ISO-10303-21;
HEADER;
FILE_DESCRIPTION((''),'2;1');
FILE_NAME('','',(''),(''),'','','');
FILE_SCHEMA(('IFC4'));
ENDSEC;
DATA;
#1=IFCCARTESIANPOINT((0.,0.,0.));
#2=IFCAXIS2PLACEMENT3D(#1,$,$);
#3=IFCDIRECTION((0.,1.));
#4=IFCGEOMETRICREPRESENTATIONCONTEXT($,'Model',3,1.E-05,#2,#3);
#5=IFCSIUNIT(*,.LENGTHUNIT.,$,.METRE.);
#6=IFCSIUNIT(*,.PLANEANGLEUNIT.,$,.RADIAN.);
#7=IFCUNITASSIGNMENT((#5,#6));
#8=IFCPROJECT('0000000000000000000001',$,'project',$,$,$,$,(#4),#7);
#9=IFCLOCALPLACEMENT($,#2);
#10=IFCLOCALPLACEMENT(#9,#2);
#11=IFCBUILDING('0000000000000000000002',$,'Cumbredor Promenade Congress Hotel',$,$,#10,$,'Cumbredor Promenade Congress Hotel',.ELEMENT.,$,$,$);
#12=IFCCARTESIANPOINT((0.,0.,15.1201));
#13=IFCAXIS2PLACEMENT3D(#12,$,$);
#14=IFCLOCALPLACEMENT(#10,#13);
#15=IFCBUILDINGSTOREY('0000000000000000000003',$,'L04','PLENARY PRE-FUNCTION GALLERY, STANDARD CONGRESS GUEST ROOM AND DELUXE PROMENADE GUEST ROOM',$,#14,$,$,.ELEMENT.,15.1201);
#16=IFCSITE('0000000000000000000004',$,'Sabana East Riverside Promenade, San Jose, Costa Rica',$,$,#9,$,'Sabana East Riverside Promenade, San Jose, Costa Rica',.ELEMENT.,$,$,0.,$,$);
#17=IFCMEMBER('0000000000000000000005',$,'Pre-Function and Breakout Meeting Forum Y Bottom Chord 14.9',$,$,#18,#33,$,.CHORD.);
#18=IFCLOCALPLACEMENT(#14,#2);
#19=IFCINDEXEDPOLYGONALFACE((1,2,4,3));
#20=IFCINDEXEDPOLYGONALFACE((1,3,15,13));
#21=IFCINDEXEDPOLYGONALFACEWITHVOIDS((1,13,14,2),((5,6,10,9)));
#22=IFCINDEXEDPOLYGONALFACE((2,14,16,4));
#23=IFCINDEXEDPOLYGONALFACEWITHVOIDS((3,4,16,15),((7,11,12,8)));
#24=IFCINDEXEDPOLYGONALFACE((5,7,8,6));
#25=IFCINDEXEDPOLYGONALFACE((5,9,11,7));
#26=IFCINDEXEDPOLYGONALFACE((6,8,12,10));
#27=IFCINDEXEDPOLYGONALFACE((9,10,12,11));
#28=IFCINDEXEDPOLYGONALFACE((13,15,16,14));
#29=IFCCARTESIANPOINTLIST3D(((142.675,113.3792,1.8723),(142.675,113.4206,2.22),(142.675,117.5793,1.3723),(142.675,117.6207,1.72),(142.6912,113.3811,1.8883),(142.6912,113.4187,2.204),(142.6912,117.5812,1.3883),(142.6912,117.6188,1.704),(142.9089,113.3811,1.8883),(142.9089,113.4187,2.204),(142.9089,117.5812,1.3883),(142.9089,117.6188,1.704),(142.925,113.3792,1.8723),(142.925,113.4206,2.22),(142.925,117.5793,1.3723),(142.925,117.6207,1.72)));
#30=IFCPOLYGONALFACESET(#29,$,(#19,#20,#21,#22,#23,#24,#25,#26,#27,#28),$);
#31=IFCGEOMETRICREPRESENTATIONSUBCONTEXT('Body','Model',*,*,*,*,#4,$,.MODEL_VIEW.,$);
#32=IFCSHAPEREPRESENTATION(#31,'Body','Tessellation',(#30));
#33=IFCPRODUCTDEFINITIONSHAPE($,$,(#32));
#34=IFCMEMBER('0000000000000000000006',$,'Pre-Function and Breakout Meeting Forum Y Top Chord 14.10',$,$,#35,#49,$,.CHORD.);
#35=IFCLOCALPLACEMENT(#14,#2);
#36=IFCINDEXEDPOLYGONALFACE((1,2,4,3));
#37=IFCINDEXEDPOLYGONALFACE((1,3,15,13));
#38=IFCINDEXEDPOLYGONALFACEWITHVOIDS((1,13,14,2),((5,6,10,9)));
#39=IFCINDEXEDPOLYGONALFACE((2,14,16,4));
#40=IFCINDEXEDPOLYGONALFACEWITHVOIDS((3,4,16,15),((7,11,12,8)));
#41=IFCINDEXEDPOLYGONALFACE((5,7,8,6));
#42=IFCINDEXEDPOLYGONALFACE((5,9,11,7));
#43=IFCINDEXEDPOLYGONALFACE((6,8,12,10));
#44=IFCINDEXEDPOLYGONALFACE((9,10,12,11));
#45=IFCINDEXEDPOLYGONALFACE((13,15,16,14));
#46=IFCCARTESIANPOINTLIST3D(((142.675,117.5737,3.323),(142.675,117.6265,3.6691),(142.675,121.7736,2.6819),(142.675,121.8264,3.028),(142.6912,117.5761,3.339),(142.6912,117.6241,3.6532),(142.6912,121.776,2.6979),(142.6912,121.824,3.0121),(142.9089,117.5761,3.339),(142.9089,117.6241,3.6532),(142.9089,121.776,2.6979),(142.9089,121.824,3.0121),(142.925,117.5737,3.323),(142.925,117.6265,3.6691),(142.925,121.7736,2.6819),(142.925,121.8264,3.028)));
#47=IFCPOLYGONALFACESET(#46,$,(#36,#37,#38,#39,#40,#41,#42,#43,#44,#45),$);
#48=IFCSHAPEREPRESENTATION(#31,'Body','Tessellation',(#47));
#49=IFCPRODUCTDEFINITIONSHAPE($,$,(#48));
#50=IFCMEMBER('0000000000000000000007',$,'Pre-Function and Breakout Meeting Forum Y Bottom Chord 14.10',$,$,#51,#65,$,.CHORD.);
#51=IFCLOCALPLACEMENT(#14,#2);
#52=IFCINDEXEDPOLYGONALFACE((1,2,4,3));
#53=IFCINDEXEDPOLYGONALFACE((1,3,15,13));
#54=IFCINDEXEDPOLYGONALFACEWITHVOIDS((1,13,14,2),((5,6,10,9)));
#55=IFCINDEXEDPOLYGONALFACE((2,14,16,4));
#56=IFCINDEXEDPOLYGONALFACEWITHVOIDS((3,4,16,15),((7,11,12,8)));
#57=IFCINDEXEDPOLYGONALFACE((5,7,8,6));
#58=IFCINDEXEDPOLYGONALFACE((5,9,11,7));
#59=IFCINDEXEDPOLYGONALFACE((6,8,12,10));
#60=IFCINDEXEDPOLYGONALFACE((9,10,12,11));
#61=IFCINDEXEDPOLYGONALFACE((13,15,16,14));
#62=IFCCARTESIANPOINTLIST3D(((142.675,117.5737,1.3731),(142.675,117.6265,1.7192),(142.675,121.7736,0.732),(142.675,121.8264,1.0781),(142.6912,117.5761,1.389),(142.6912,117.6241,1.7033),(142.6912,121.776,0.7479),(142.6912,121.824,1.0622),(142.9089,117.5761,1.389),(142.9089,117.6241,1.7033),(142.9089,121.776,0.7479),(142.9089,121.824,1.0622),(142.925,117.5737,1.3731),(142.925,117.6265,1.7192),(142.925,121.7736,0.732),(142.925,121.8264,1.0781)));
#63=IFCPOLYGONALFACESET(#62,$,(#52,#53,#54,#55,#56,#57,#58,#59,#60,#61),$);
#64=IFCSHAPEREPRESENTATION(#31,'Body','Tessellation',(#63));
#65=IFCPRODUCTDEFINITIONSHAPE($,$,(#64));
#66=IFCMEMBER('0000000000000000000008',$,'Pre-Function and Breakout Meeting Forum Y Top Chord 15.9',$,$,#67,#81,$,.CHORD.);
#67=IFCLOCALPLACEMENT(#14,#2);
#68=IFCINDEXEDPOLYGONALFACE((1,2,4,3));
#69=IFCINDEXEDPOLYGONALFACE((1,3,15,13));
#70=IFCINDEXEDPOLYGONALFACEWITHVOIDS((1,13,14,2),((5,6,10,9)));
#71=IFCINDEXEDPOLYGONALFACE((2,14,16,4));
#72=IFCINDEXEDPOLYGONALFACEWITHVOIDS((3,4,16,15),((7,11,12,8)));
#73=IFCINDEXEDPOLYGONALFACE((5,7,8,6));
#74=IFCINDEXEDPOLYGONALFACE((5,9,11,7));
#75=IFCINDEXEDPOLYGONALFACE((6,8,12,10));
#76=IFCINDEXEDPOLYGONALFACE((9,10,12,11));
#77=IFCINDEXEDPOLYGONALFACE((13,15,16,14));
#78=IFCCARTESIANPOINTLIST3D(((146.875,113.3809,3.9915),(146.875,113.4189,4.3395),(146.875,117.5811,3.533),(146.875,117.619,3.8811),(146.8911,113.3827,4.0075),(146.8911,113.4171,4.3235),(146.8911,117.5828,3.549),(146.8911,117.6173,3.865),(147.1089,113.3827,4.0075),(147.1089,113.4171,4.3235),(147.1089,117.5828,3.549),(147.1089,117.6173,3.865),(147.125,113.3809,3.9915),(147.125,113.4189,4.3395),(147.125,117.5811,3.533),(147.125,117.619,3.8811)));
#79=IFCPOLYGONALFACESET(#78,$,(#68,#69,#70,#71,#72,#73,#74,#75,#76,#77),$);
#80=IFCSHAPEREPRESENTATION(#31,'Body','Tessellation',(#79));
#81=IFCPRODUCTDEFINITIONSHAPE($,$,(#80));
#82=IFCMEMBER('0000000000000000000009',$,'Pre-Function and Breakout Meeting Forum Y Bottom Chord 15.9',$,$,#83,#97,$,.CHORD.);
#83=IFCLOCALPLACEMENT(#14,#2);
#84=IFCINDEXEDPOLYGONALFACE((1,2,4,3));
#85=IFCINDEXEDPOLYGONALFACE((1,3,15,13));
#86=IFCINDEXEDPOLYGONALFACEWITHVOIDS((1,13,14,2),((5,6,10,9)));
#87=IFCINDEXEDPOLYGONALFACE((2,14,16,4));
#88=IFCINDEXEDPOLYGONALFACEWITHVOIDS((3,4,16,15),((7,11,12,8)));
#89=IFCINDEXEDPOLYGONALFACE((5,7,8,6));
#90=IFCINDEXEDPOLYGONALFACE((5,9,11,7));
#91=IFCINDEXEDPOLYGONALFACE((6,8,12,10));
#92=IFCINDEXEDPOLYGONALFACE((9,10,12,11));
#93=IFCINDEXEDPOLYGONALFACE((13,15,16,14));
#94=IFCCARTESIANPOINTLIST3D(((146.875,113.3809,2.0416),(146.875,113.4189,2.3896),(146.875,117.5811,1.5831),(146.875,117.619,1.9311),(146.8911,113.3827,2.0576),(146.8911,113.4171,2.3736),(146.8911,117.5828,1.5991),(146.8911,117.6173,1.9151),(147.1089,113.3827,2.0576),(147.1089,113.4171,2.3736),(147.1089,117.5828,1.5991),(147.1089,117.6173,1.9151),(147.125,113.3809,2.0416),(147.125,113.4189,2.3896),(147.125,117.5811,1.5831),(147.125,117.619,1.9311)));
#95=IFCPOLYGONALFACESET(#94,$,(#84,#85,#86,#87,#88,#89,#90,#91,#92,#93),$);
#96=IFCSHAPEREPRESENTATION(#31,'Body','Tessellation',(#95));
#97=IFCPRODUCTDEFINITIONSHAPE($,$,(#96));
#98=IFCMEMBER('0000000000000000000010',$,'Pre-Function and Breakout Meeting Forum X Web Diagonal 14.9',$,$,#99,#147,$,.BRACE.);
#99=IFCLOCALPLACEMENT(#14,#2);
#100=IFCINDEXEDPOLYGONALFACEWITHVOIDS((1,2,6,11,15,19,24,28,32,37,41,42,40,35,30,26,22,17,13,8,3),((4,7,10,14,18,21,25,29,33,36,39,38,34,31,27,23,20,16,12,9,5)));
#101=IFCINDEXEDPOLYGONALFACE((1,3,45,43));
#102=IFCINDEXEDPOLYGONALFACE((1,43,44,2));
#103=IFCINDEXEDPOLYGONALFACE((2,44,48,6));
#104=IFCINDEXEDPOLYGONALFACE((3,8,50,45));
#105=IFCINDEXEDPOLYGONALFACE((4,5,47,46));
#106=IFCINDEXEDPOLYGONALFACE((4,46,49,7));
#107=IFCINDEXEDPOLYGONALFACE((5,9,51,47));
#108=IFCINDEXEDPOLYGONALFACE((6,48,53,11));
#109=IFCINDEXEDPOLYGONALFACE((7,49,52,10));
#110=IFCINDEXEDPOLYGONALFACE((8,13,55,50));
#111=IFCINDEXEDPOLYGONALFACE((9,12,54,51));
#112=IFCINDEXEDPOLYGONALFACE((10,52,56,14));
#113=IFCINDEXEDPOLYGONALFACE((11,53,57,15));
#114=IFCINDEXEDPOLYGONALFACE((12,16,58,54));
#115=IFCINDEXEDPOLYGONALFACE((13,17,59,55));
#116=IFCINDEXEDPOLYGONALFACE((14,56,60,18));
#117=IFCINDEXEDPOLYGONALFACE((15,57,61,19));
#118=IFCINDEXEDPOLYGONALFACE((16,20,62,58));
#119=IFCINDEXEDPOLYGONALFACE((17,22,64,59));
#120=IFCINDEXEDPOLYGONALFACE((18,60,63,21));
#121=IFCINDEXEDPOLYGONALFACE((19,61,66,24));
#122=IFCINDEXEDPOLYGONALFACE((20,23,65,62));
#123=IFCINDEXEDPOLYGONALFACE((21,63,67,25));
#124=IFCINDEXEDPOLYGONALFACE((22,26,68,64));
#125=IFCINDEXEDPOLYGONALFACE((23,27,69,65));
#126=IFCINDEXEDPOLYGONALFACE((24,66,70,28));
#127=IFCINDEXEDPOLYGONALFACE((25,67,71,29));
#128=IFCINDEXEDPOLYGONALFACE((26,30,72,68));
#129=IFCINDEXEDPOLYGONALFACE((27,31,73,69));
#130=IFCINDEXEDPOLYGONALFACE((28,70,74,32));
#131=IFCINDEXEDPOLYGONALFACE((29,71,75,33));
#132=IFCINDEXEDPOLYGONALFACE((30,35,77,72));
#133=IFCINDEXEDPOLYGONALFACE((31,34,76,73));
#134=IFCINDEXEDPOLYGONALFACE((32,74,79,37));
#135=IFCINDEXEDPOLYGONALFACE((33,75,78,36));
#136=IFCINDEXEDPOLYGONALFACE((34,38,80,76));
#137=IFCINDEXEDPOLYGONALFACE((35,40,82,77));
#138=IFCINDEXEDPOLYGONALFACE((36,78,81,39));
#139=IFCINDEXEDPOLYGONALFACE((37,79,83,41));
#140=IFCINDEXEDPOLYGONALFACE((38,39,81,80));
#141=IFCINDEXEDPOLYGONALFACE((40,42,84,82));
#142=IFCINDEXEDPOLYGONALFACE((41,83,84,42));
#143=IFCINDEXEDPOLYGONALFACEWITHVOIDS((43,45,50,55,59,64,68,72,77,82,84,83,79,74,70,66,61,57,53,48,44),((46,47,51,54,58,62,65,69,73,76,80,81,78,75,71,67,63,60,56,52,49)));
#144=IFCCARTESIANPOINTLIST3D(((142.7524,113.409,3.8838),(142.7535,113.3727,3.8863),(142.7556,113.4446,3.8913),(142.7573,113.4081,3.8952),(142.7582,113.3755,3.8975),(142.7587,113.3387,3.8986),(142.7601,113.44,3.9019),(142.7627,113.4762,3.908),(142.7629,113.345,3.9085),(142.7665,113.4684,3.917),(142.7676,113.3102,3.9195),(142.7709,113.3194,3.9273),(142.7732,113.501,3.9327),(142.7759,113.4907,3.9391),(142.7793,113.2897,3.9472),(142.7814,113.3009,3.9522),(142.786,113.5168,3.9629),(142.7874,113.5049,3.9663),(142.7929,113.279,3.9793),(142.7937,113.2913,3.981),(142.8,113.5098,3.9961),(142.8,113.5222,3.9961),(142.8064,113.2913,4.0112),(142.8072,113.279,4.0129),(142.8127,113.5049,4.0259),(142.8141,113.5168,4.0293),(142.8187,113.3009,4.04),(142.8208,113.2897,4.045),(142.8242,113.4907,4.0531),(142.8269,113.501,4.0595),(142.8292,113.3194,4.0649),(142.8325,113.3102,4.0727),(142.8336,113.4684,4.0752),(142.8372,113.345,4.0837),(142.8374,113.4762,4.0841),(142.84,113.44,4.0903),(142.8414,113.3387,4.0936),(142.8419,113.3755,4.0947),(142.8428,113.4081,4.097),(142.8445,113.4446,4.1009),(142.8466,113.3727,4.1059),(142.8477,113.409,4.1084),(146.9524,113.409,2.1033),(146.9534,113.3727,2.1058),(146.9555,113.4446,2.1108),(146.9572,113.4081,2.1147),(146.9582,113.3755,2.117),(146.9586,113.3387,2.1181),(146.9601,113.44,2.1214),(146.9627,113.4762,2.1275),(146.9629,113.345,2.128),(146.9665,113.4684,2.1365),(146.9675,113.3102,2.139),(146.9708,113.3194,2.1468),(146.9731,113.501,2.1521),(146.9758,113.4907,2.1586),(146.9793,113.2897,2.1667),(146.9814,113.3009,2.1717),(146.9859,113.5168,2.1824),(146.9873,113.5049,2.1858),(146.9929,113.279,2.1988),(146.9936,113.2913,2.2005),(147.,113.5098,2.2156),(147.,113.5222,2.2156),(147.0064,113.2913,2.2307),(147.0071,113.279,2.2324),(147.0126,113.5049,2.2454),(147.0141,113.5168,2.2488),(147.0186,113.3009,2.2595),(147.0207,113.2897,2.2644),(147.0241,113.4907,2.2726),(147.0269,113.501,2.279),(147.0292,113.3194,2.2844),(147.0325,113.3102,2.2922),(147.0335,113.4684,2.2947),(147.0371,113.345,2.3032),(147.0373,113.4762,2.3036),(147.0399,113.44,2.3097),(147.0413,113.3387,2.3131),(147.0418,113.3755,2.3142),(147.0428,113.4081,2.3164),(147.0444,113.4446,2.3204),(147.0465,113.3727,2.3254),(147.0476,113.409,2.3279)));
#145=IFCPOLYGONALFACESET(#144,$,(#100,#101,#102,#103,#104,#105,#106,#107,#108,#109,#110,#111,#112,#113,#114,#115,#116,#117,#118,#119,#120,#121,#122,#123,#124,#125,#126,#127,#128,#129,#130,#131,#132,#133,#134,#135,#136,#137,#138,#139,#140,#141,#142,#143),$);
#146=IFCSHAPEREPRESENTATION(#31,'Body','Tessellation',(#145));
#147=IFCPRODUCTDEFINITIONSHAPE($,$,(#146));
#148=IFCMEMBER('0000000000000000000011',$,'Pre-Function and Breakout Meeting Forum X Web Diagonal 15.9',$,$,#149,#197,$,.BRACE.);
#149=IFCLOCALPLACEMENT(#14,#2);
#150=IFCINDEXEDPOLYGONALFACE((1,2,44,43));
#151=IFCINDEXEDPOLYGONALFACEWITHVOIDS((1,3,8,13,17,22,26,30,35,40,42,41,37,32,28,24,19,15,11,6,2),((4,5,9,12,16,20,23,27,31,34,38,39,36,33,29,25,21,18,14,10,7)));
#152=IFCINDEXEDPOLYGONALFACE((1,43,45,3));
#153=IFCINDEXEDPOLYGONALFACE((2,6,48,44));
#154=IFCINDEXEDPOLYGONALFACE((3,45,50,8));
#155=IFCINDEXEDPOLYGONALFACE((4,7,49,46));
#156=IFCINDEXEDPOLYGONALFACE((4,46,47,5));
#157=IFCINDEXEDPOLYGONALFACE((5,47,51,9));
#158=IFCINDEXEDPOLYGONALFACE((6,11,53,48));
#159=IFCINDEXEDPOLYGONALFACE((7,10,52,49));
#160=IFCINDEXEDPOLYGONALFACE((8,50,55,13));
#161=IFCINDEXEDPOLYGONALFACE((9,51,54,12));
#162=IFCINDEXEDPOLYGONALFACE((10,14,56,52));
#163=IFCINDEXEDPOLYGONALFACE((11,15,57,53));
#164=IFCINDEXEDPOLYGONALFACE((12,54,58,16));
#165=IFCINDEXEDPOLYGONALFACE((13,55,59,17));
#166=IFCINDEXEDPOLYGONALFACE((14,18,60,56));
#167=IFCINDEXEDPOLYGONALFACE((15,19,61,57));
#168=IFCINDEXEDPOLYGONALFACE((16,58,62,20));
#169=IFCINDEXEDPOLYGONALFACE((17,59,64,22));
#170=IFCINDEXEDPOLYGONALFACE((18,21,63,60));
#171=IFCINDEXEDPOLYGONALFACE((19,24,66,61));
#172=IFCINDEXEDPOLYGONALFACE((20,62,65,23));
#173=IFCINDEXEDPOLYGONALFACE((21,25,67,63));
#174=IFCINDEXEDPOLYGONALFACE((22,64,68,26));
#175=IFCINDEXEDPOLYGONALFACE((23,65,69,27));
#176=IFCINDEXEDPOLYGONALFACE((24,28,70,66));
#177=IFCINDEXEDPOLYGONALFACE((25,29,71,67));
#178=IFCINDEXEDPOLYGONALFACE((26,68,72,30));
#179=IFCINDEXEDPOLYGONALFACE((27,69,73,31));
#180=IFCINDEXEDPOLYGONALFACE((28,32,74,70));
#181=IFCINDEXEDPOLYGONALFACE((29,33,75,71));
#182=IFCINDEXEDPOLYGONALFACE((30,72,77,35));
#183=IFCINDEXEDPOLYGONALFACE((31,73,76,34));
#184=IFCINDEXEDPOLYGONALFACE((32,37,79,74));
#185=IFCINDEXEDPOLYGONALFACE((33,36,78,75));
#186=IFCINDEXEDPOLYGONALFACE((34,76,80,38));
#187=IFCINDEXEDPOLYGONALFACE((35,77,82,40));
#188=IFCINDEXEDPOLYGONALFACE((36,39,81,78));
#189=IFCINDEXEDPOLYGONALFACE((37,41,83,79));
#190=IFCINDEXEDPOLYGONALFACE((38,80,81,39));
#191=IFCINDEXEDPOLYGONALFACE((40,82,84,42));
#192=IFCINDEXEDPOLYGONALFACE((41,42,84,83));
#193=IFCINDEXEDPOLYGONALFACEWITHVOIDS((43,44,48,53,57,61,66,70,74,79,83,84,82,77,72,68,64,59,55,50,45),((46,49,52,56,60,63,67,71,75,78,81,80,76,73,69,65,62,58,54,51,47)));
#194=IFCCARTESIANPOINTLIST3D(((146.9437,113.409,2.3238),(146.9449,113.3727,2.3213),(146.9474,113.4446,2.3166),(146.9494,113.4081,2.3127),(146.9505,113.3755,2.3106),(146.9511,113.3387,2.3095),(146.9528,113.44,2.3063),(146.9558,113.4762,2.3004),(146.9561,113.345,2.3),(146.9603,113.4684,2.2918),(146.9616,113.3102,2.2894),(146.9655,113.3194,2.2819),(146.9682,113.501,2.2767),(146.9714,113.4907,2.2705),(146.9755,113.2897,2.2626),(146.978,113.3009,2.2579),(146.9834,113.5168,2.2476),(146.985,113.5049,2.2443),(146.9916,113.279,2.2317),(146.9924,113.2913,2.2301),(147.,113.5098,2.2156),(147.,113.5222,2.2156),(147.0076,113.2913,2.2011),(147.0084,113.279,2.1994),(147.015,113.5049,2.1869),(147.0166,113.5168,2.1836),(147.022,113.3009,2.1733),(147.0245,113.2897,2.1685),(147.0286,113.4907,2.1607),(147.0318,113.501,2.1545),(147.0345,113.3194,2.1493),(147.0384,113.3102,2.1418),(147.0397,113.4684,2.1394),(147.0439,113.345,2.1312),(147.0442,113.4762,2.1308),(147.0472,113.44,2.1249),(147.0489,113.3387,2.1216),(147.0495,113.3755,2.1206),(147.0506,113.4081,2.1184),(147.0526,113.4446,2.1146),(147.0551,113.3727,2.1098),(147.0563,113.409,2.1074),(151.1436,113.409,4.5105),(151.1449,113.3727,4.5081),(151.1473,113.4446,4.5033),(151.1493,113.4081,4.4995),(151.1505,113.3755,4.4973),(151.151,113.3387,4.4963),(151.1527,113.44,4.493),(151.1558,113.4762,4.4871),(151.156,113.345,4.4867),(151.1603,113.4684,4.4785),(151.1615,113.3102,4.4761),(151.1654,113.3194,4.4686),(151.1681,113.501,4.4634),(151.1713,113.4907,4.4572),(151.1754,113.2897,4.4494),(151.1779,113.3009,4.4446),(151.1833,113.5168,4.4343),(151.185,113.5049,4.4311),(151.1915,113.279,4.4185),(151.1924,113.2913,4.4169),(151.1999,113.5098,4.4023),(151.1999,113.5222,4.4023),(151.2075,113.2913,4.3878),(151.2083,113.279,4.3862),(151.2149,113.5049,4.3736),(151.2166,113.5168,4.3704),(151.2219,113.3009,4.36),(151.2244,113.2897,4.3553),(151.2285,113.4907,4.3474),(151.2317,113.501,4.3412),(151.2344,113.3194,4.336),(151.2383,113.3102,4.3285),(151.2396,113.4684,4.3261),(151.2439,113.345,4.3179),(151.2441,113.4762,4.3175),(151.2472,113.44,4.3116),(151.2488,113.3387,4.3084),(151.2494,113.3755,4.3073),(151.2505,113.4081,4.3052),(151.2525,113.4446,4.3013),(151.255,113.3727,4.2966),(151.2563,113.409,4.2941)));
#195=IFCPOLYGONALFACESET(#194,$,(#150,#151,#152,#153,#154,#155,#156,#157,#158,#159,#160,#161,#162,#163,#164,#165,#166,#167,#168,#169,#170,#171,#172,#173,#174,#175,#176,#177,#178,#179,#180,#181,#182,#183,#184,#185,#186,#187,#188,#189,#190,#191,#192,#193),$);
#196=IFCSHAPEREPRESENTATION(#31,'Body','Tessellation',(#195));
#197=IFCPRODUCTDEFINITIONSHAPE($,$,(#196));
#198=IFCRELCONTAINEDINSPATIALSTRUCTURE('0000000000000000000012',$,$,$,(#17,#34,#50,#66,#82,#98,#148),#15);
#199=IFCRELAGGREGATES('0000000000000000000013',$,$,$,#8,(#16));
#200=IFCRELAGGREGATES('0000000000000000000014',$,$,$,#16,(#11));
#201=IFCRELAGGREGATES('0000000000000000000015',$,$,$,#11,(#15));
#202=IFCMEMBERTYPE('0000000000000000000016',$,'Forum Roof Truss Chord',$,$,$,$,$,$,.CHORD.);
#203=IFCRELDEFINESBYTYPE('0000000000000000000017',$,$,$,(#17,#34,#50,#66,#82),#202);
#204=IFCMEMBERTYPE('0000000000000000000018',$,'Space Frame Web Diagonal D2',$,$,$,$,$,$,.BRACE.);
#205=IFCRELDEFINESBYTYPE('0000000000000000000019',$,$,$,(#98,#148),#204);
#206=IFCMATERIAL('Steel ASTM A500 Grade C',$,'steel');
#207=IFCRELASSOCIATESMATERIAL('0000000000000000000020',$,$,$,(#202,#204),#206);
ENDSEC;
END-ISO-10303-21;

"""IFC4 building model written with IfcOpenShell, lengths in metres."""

from ifc_helpers import new_model, si_unit, direction, frame, origin, origin_2d, place, context, subcontext, project, spatial, hollow_rectangle, hollow_circle, extrude, material, material_profile, profile_set, type_object, element, save


model = new_model("IFC4")

# Units and contexts
model_context = context("Model", 3, precision=1e-05, world=origin(), true_north=direction((0.0, 1.0)))
body_context = subcontext(model_context, "Body", "Model", "MODEL_VIEW")
ifc_project = project(units=[si_unit("LENGTHUNIT", "METRE"), si_unit("PLANEANGLEUNIT", "RADIAN")], contexts=[model_context])

# Site, building, storey
site_placement = place(None, origin())
site = spatial("IfcSite", under=ifc_project, at=site_placement, Name="Sabana East Riverside Promenade, San Jose, Costa Rica", LongName="Sabana East Riverside Promenade, San Jose, Costa Rica", CompositionType="ELEMENT", RefElevation=0.0)
building_placement = place(site_placement, origin())
building = spatial("IfcBuilding", under=site, at=building_placement, Name="Cumbredor Promenade Congress Hotel", LongName="Cumbredor Promenade Congress Hotel", CompositionType="ELEMENT")
storey_placement = place(building_placement, frame((0.0, 0.0, 15.1201)))
storey = spatial("IfcBuildingStorey", under=building, at=storey_placement, Name="L04", Description="PLENARY PRE-FUNCTION GALLERY, STANDARD CONGRESS GUEST ROOM AND DELUXE PROMENADE GUEST ROOM", CompositionType="ELEMENT", Elevation=15.1201)

# Members
ifc_material_1 = material(Name="Steel ASTM A500 Grade C", Category="steel")
ifc_material_profile_1 = material_profile(ifc_material_1, hollow_rectangle(XDim=0.25, YDim=0.3501, WallThickness=0.0161, at=origin_2d()), Name="HSS 350x250x16")
ifc_profile_set_1 = profile_set([ifc_material_profile_1], Name="Steel ASTM A500 Grade C")
member_type_1 = type_object("IfcMemberType", Name="Forum Roof Truss Chord", PredefinedType="CHORD", material=ifc_profile_set_1)
for number, where, z_axis, x_axis, name in (
    (1, (142.8, 113.3999, 2.0461), (0.0, 0.992989, -0.118207), (-1.0, 0.0, 0.0), "Pre-Function and Breakout Meeting Forum Y Bottom Chord 14.9"),
):
    element("IfcMember", number, at=place(storey_placement, frame(where, z_axis=z_axis, x_axis=x_axis)), inside=storey, type_object=member_type_1, Name=name, PredefinedType="CHORD", context=body_context, shape_type="SweptSolid", body=[
        extrude(hollow_rectangle(XDim=0.25, YDim=0.3501, WallThickness=0.0161, at=origin_2d()), origin(), (0.0, 0.0, 1.0), 4.2297),
    ])
for number, where, z_axis, x_axis, name in (
    (2, (142.8, 117.6001, 3.4961), (0.0, 0.988549, -0.1509), (-1.0, 0.0, 0.0), "Pre-Function and Breakout Meeting Forum Y Top Chord 14.10"),
    (3, (142.8, 117.6001, 1.5461), (0.0, 0.988549, -0.1509), (-1.0, 0.0, 0.0), "Pre-Function and Breakout Meeting Forum Y Bottom Chord 14.10"),
):
    element("IfcMember", number, at=place(storey_placement, frame(where, z_axis=z_axis, x_axis=x_axis)), inside=storey, type_object=member_type_1, Name=name, PredefinedType="CHORD", context=body_context, shape_type="SweptSolid", body=[
        extrude(hollow_rectangle(XDim=0.25, YDim=0.3501, WallThickness=0.0161, at=origin_2d()), origin(), (0.0, 0.0, 1.0), 4.2485),
    ])
for number, where, z_axis, x_axis, name in (
    (4, (147.0, 113.3999, 4.1655), (0.0, 0.994095, -0.108516), (-1.0, 0.0, 0.0), "Pre-Function and Breakout Meeting Forum Y Top Chord 15.9"),
    (5, (147.0, 113.3999, 2.2156), (0.0, 0.994095, -0.108516), (-1.0, 0.0, 0.0), "Pre-Function and Breakout Meeting Forum Y Bottom Chord 15.9"),
):
    element("IfcMember", number, at=place(storey_placement, frame(where, z_axis=z_axis, x_axis=x_axis)), inside=storey, type_object=member_type_1, Name=name, PredefinedType="CHORD", context=body_context, shape_type="SweptSolid", body=[
        extrude(hollow_rectangle(XDim=0.25, YDim=0.3501, WallThickness=0.0161, at=origin_2d()), origin(), (0.0, 0.0, 1.0), 4.2251),
    ])
ifc_material_profile_2 = material_profile(ifc_material_1, hollow_circle(Radius=0.1223, WallThickness=0.0125, at=origin_2d()), Name="CHS 244.5x12.5")
ifc_profile_set_2 = profile_set([ifc_material_profile_2], Name="Steel ASTM A500 Grade C")
member_type_2 = type_object("IfcMemberType", Name="Space Frame Web Diagonal D2", PredefinedType="BRACE", material=ifc_profile_set_2)
member_1_placement = place(storey_placement, frame((142.8, 113.3999, 3.9961), z_axis=(0.920683, 0.0, -0.390312), x_axis=(0.0, 1.0, 0.0)))
element("IfcMember", 6, at=member_1_placement, inside=storey, type_object=member_type_2, Name="Pre-Function and Breakout Meeting Forum X Web Diagonal 14.9", PredefinedType="BRACE", context=body_context, shape_type="SweptSolid", body=[
    extrude(hollow_circle(Radius=0.1223, WallThickness=0.0125, at=origin_2d()), origin(), (0.0, 0.0, 1.0), 4.5618),
])
member_2_placement = place(storey_placement, frame((147.0, 113.3999, 2.2156), z_axis=(0.886975, 0.0, 0.461817), x_axis=(0.0, 1.0, 0.0)))
element("IfcMember", 7, at=member_2_placement, inside=storey, type_object=member_type_2, Name="Pre-Function and Breakout Meeting Forum X Web Diagonal 15.9", PredefinedType="BRACE", context=body_context, shape_type="SweptSolid", body=[
    extrude(hollow_circle(Radius=0.1223, WallThickness=0.0125, at=origin_2d()), origin(), (0.0, 0.0, 1.0), 4.7351),
])

save(model, "model.ifc")
